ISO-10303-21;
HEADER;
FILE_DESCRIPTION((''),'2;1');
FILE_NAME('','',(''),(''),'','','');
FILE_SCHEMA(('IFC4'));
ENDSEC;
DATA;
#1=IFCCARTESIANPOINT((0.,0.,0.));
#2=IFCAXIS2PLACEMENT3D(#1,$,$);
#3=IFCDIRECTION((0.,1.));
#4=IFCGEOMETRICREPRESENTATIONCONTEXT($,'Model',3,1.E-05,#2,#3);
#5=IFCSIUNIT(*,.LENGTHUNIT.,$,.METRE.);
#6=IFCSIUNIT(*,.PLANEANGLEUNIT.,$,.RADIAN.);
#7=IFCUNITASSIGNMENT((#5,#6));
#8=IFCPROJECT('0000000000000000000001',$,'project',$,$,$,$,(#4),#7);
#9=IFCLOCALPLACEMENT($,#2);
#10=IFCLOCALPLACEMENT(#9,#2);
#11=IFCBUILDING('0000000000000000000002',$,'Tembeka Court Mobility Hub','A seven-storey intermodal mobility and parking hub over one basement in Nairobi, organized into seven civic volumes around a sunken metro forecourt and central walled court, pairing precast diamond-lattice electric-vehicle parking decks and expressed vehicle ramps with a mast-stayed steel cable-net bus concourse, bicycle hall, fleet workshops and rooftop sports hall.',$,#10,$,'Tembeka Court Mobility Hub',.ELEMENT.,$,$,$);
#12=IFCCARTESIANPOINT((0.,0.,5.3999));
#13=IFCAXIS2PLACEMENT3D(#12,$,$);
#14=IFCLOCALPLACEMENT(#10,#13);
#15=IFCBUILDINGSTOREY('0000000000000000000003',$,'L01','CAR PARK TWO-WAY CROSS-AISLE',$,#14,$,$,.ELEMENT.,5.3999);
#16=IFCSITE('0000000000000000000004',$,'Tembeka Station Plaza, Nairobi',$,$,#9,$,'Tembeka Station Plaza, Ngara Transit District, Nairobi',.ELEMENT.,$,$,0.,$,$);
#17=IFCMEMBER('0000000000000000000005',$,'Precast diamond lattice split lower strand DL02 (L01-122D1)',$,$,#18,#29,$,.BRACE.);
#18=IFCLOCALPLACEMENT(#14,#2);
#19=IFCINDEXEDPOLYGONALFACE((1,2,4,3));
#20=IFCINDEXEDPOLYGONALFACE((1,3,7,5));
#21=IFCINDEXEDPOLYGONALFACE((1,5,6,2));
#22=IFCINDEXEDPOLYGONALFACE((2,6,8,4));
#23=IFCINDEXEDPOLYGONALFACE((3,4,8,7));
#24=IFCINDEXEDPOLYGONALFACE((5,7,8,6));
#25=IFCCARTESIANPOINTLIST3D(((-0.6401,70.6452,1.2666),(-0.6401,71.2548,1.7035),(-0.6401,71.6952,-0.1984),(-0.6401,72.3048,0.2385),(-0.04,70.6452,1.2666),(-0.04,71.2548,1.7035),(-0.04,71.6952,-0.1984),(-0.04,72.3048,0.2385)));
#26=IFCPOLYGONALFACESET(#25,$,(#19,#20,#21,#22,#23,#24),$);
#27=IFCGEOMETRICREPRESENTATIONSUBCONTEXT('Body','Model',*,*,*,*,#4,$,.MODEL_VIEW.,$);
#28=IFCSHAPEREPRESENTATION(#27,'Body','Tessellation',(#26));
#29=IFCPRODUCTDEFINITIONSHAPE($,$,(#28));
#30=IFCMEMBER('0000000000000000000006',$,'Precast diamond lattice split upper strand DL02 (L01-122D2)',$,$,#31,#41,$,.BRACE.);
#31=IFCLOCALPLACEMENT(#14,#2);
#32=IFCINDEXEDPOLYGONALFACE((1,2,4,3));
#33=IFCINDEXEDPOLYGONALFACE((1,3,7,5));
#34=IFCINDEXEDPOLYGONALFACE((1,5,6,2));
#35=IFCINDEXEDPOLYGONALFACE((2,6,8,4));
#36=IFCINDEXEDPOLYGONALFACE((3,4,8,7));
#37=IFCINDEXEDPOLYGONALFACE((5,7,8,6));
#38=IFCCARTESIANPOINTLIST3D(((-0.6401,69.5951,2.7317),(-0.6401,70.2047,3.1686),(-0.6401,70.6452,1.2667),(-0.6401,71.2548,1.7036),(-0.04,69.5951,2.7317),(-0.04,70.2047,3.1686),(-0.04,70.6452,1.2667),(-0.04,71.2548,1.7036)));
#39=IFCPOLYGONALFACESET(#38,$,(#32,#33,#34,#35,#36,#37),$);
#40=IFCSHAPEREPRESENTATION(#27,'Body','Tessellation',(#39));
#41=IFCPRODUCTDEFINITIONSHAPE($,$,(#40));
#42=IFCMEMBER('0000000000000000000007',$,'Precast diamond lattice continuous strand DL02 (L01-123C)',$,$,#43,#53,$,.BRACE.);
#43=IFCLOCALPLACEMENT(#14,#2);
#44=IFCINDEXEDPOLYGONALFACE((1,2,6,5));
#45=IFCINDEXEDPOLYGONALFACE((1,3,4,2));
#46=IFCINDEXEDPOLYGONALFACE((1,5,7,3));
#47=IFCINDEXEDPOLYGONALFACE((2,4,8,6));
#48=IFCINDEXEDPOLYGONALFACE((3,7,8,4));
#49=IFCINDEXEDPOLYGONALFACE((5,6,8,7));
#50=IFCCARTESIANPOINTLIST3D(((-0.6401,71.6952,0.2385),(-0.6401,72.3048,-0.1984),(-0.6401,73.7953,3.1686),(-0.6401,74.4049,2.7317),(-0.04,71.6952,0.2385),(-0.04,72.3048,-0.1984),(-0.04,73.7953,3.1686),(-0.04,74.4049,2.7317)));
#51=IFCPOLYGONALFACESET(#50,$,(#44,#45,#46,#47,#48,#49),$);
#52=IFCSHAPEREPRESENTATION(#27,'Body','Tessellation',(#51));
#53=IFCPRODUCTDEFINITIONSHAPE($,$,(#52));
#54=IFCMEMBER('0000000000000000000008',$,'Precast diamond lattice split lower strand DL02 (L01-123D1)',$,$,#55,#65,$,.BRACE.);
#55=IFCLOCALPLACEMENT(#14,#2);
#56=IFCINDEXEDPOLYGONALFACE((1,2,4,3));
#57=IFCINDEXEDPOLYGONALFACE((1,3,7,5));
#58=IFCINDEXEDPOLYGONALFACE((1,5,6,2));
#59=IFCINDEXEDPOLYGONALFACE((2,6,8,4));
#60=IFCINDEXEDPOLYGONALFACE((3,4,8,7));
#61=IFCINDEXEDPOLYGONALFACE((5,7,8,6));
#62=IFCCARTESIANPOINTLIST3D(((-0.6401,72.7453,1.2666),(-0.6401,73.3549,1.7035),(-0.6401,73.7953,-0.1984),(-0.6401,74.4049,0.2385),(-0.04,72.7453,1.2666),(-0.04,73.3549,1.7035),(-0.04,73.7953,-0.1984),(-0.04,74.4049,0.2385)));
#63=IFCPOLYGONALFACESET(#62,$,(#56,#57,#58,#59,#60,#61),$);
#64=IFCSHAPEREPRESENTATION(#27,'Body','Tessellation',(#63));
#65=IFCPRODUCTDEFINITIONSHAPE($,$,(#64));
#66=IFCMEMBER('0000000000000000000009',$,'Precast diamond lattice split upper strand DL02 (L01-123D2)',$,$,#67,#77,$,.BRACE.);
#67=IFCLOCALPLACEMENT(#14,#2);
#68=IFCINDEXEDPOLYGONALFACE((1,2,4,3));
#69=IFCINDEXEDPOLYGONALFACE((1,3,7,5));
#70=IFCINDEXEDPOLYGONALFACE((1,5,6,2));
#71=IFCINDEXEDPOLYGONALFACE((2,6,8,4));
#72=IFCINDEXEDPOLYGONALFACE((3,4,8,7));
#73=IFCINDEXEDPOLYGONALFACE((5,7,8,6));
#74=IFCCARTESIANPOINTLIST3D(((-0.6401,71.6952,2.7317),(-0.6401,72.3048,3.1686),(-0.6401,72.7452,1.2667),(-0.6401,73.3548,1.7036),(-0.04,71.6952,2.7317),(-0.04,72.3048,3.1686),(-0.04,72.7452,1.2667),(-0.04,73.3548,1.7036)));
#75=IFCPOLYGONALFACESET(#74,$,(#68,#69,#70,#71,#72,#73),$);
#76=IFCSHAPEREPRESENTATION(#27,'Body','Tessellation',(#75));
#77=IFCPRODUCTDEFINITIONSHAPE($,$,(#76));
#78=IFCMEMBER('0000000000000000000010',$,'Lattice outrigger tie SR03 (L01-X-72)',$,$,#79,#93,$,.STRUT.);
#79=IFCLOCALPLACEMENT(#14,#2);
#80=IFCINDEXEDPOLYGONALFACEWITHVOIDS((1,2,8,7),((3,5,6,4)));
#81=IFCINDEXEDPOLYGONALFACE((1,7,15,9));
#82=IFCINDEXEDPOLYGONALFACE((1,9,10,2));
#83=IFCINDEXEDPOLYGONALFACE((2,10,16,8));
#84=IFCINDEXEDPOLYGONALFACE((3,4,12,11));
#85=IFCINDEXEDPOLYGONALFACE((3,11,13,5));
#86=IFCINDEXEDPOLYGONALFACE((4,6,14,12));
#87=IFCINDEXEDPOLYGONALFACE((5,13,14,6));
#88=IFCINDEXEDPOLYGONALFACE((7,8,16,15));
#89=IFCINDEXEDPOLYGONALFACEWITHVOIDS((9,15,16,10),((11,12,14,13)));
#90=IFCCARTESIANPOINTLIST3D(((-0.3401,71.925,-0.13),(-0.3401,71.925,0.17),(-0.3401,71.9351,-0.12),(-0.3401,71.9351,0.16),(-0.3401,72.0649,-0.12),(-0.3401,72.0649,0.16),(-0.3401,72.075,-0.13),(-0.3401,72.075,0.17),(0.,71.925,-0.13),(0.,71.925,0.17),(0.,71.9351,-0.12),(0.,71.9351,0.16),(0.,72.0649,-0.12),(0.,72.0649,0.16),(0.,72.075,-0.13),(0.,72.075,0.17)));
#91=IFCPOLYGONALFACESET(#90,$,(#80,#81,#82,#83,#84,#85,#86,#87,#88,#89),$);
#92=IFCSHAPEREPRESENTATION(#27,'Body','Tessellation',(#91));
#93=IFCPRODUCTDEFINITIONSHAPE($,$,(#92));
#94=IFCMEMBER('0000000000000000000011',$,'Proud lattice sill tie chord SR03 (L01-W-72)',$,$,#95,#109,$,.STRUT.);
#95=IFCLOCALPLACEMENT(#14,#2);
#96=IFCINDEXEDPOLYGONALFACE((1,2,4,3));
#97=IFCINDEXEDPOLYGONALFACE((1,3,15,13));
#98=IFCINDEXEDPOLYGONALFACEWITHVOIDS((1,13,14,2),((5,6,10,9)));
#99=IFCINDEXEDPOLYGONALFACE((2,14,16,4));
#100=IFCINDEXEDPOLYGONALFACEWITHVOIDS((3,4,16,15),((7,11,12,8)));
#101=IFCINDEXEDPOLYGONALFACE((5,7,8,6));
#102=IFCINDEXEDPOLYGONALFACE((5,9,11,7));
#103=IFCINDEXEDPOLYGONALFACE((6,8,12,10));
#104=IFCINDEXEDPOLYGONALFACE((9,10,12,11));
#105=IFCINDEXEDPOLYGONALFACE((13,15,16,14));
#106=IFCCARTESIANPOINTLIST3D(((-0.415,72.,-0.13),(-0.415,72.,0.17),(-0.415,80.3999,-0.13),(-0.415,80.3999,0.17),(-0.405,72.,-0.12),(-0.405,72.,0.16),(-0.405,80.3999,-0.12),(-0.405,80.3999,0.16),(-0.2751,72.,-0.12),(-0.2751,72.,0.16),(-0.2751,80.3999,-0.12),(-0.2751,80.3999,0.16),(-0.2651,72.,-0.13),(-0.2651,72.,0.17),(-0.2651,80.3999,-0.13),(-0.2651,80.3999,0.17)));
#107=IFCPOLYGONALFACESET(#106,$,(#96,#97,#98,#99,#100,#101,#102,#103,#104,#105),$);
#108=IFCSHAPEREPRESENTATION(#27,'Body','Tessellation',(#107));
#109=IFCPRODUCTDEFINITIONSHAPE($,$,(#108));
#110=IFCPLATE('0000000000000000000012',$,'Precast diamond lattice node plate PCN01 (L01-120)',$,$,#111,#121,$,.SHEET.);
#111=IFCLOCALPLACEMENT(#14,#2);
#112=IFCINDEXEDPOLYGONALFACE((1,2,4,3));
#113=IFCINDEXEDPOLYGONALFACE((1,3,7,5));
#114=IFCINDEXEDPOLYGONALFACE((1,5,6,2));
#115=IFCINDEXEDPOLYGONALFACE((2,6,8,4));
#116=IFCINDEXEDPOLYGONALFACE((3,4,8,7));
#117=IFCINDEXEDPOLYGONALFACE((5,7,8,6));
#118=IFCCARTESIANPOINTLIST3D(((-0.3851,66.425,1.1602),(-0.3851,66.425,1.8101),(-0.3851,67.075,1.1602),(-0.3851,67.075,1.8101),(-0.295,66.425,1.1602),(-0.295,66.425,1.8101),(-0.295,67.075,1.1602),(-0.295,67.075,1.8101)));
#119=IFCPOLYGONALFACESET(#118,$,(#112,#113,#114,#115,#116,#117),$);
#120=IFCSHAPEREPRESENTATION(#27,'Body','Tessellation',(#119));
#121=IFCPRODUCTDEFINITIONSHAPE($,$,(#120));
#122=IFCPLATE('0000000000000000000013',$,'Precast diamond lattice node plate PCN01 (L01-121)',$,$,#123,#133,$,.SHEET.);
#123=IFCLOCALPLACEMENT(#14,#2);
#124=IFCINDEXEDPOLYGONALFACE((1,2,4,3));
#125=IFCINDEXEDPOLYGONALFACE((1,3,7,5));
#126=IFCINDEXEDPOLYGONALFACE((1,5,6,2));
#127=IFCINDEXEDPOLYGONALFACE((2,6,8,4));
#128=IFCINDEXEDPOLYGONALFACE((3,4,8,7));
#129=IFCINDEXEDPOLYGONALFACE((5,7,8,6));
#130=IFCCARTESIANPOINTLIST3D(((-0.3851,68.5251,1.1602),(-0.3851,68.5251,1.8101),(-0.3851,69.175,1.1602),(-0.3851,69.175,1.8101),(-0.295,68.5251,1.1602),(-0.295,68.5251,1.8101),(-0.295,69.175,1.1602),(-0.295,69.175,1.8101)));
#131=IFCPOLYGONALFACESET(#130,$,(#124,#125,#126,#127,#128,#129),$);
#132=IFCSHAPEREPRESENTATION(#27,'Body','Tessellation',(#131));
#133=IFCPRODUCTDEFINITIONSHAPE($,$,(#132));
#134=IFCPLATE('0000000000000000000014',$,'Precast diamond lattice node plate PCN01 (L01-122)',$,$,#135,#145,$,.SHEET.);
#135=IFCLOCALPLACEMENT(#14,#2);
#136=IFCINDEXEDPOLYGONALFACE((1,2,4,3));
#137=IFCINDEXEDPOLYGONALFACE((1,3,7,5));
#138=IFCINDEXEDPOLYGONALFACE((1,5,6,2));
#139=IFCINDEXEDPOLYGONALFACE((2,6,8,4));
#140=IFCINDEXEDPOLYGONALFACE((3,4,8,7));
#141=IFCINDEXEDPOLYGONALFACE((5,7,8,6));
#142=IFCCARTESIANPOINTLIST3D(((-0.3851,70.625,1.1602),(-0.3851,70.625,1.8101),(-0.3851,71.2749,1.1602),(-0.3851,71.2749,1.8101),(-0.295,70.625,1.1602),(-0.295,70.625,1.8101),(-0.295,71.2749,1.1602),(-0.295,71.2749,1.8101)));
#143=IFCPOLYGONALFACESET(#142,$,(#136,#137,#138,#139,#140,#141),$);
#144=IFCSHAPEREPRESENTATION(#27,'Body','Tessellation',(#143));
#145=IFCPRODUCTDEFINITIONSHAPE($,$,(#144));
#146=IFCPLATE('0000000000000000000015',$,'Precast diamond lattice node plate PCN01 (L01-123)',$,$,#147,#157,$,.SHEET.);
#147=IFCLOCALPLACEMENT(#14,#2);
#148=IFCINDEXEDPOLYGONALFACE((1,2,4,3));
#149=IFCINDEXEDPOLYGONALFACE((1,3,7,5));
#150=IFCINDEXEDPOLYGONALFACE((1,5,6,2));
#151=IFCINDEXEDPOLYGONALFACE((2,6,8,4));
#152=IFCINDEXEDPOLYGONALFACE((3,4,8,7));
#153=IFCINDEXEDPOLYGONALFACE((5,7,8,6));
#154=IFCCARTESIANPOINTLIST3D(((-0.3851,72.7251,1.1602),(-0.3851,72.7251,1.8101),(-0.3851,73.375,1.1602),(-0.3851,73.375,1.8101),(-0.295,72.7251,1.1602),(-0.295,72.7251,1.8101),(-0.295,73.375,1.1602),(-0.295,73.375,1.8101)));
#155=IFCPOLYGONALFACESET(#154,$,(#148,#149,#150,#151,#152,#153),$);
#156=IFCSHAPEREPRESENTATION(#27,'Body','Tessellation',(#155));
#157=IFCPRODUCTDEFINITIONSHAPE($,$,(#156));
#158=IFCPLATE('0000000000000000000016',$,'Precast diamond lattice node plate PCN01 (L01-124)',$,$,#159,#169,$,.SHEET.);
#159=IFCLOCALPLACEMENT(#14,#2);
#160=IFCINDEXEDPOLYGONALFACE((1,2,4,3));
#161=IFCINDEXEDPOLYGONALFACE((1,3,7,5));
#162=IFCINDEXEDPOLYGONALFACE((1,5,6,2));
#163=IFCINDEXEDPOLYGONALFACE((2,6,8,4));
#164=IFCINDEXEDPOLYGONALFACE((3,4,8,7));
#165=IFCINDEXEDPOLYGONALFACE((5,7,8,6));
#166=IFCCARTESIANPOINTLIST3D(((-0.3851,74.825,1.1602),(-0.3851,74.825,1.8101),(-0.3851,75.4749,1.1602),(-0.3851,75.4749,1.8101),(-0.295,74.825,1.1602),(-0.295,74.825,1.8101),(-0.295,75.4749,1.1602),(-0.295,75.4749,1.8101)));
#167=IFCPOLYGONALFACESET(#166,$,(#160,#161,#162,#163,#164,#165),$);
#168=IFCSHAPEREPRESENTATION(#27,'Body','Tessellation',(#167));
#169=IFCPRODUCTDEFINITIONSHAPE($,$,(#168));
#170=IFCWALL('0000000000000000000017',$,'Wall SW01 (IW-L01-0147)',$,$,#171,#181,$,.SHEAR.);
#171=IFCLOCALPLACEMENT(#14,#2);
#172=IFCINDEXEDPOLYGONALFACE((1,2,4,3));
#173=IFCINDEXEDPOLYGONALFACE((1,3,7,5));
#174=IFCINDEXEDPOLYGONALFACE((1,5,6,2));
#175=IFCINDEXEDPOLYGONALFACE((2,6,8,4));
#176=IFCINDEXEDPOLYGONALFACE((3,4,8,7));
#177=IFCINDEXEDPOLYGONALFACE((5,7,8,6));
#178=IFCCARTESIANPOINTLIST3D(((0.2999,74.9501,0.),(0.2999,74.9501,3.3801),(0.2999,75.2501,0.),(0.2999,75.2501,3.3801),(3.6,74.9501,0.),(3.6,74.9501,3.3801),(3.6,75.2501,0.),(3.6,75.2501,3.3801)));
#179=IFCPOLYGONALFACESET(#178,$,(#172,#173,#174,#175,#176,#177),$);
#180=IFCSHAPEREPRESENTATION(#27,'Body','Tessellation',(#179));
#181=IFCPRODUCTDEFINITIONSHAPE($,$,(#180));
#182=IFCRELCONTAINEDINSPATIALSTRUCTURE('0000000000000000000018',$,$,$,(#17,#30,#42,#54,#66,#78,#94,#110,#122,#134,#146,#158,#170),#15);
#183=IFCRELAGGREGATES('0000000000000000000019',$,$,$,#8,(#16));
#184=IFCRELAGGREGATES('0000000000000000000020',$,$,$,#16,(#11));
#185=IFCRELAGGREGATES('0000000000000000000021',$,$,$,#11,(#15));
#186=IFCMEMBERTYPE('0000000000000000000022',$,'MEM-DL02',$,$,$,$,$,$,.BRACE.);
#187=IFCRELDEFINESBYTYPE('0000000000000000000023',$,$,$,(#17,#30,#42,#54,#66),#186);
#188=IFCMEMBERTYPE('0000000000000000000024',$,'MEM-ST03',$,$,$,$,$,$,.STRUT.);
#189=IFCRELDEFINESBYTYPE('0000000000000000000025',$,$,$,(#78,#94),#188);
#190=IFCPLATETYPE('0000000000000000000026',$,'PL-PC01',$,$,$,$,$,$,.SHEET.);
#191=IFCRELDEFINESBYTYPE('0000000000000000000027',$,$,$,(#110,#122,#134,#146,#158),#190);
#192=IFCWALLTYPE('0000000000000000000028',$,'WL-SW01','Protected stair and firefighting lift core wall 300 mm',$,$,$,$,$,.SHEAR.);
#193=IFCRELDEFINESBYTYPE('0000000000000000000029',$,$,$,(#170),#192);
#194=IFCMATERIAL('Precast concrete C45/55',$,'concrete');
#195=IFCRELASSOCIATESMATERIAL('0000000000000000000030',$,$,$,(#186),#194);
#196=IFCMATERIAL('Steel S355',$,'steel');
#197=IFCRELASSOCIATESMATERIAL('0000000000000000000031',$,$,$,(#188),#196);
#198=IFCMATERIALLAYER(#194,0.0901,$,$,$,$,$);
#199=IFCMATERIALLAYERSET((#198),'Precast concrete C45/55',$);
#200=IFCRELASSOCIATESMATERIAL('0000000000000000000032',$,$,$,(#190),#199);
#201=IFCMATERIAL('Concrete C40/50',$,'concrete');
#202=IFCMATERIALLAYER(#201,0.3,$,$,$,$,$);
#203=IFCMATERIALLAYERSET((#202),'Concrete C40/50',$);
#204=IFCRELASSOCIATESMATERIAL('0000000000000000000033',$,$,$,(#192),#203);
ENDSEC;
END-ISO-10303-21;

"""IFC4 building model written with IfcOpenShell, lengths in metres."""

from ifc_helpers import new_model, si_unit, direction, frame, frame_2d, origin, origin_2d, place, context, subcontext, project, spatial, rectangle, hollow_rectangle, extrude, material, layer, layer_set, material_profile, profile_set, type_object, element, save


model = new_model("IFC4")

# Units and contexts
model_context = context("Model", 3, precision=1e-05, world=origin(), true_north=direction((0.0, 1.0)))
body_context = subcontext(model_context, "Body", "Model", "MODEL_VIEW")
ifc_project = project(units=[si_unit("LENGTHUNIT", "METRE"), si_unit("PLANEANGLEUNIT", "RADIAN")], contexts=[model_context])

# Site, building, storey
site_placement = place(None, origin())
site = spatial("IfcSite", under=ifc_project, at=site_placement, Name="Tembeka Station Plaza, Nairobi", LongName="Tembeka Station Plaza, Ngara Transit District, Nairobi", CompositionType="ELEMENT", RefElevation=0.0)
building_placement = place(site_placement, origin())
building = spatial("IfcBuilding", under=site, at=building_placement, Name="Tembeka Court Mobility Hub", Description="A seven-storey intermodal mobility and parking hub over one basement in Nairobi, organized into seven civic volumes around a sunken metro forecourt and central walled court, pairing precast diamond-lattice electric-vehicle parking decks and expressed vehicle ramps with a mast-stayed steel cable-net bus concourse, bicycle hall, fleet workshops and rooftop sports hall.", LongName="Tembeka Court Mobility Hub", CompositionType="ELEMENT")
storey_placement = place(building_placement, frame((0.0, 0.0, 5.3999)))
storey = spatial("IfcBuildingStorey", under=building, at=storey_placement, Name="L01", Description="CAR PARK TWO-WAY CROSS-AISLE", CompositionType="ELEMENT", Elevation=5.3999)

# Shared definitions
ifc_material_1 = material(Name="Steel S355", Category="steel")

# Shared definitions
ifc_material_2 = material(Name="Precast concrete C45/55", Category="concrete")

# Members
ifc_material_profile_1 = material_profile(ifc_material_2, rectangle(XDim=0.6001, YDim=0.75, at=origin_2d()), Name="PC-DIAG 600x750")
ifc_profile_set_1 = profile_set([ifc_material_profile_1], Name="Precast concrete C45/55")
member_type_1 = type_object("IfcMemberType", Name="MEM-DL02", PredefinedType="BRACE", material=ifc_profile_set_1)
for number, where, z_axis, x_axis, name in (
    (1, (-0.3401, 72.0, 0.02), (0.0, -0.582544, 0.812799), (1.0, 0.0, 0.0), "Precast diamond lattice split lower strand DL02 (L01-122D1)"),
    (2, (-0.3401, 70.95, 1.4851), (0.0, -0.582544, 0.812799), (1.0, 0.0, 0.0), "Precast diamond lattice split upper strand DL02 (L01-122D2)"),
):
    element("IfcMember", number, at=place(storey_placement, frame(where, z_axis=z_axis, x_axis=x_axis)), inside=storey, type_object=member_type_1, Name=name, PredefinedType="BRACE", context=body_context, shape_type="SweptSolid", body=[
        extrude(rectangle(XDim=0.6001, YDim=0.75, at=origin_2d()), origin(), (0.0, 0.0, 1.0), 1.8025),
    ])
member_1_placement = place(storey_placement, frame((-0.3401, 72.0, 0.02), z_axis=(0.0, 0.582544, 0.812799), x_axis=(-1.0, 0.0, 0.0)))
element("IfcMember", 3, at=member_1_placement, inside=storey, type_object=member_type_1, Name="Precast diamond lattice continuous strand DL02 (L01-123C)", PredefinedType="BRACE", context=body_context, shape_type="SweptSolid", body=[
    extrude(rectangle(XDim=0.6001, YDim=0.75, at=origin_2d()), origin(), (0.0, 0.0, 1.0), 3.605),
])
for number, where, z_axis, x_axis, name in (
    (4, (-0.3401, 74.1001, 0.02), (0.0, -0.582544, 0.812799), (1.0, 0.0, 0.0), "Precast diamond lattice split lower strand DL02 (L01-123D1)"),
    (5, (-0.3401, 73.05, 1.4851), (0.0, -0.582544, 0.812799), (1.0, 0.0, 0.0), "Precast diamond lattice split upper strand DL02 (L01-123D2)"),
):
    element("IfcMember", number, at=place(storey_placement, frame(where, z_axis=z_axis, x_axis=x_axis)), inside=storey, type_object=member_type_1, Name=name, PredefinedType="BRACE", context=body_context, shape_type="SweptSolid", body=[
        extrude(rectangle(XDim=0.6001, YDim=0.75, at=origin_2d()), origin(), (0.0, 0.0, 1.0), 1.8025),
    ])
ifc_material_profile_2 = material_profile(ifc_material_1, hollow_rectangle(XDim=0.1499, YDim=0.3, WallThickness=0.01, at=origin_2d()), Name="RHS 300x150x10")
ifc_profile_set_2 = profile_set([ifc_material_profile_2], Name="Steel S355")
member_type_2 = type_object("IfcMemberType", Name="MEM-ST03", PredefinedType="STRUT", material=ifc_profile_set_2)
member_2_placement = place(storey_placement, frame((0.0, 72.0, 0.02), z_axis=(-1.0, 0.0, 0.0), x_axis=(0.0, -1.0, 0.0)))
element("IfcMember", 6, at=member_2_placement, inside=storey, type_object=member_type_2, Name="Lattice outrigger tie SR03 (L01-X-72)", PredefinedType="STRUT", context=body_context, shape_type="SweptSolid", body=[
    extrude(hollow_rectangle(XDim=0.1499, YDim=0.3, WallThickness=0.01, at=origin_2d()), origin(), (0.0, 0.0, 1.0), 0.3401),
])
member_3_placement = place(storey_placement, frame((-0.3401, 72.0, 0.02), z_axis=(0.0, 1.0, 0.0), x_axis=(-1.0, 0.0, 0.0)))
element("IfcMember", 7, at=member_3_placement, inside=storey, type_object=member_type_2, Name="Proud lattice sill tie chord SR03 (L01-W-72)", PredefinedType="STRUT", context=body_context, shape_type="SweptSolid", body=[
    extrude(hollow_rectangle(XDim=0.1499, YDim=0.3, WallThickness=0.01, at=origin_2d()), origin(), (0.0, 0.0, 1.0), 8.3999),
])

# Plates
ifc_layer_1 = layer(ifc_material_2, 0.0901)
ifc_layer_set_1 = layer_set([ifc_layer_1], Name="Precast concrete C45/55")
plate_type = type_object("IfcPlateType", Name="PL-PC01", PredefinedType="SHEET", material=ifc_layer_set_1)
for number, where, z_axis, x_axis, name in (
    (8, (-0.3401, 66.75, 1.1602), (0.0, 0.0, 1.0), (1.0, 0.0, 0.0), "Precast diamond lattice node plate PCN01 (L01-120)"),
    (9, (-0.3401, 68.8501, 1.1602), (0.0, 0.0, 1.0), (1.0, 0.0, 0.0), "Precast diamond lattice node plate PCN01 (L01-121)"),
    (10, (-0.3401, 70.95, 1.1602), (0.0, 0.0, 1.0), (1.0, 0.0, 0.0), "Precast diamond lattice node plate PCN01 (L01-122)"),
    (11, (-0.3401, 73.05, 1.1602), (0.0, 0.0, 1.0), (1.0, 0.0, 0.0), "Precast diamond lattice node plate PCN01 (L01-123)"),
    (12, (-0.3401, 75.1499, 1.1602), (0.0, 0.0, 1.0), (1.0, 0.0, 0.0), "Precast diamond lattice node plate PCN01 (L01-124)"),
):
    element("IfcPlate", number, at=place(storey_placement, frame(where, z_axis=z_axis, x_axis=x_axis)), inside=storey, type_object=plate_type, Name=name, PredefinedType="SHEET", context=body_context, shape_type="SweptSolid", body=[
        extrude(rectangle(XDim=0.0901, YDim=0.6499, at=origin_2d()), origin(), (0.0, 0.0, 1.0), 0.6499),
    ])

# Wall
ifc_material_3 = material(Name="Concrete C40/50", Category="concrete")
ifc_layer_2 = layer(ifc_material_3, 0.3)
ifc_layer_set_2 = layer_set([ifc_layer_2], Name="Concrete C40/50")
wall_type = type_object("IfcWallType", Name="WL-SW01", Description="Protected stair and firefighting lift core wall 300 mm", PredefinedType="SHEAR", material=ifc_layer_set_2)
wall_placement = place(storey_placement, frame((0.3, 75.1001, 0.0), z_axis=(0.0, 0.0, 1.0), x_axis=(1.0, 0.0, 0.0)))
element("IfcWall", 13, at=wall_placement, inside=storey, type_object=wall_type, Name="Wall SW01 (IW-L01-0147)", PredefinedType="SHEAR", context=body_context, shape_type="SweptSolid", body=[
    extrude(rectangle(XDim=3.3, YDim=0.3, at=frame_2d((1.6499, 0.0))), origin(), (0.0, 0.0, 1.0), 3.3801),
])

save(model, "model.ifc")
